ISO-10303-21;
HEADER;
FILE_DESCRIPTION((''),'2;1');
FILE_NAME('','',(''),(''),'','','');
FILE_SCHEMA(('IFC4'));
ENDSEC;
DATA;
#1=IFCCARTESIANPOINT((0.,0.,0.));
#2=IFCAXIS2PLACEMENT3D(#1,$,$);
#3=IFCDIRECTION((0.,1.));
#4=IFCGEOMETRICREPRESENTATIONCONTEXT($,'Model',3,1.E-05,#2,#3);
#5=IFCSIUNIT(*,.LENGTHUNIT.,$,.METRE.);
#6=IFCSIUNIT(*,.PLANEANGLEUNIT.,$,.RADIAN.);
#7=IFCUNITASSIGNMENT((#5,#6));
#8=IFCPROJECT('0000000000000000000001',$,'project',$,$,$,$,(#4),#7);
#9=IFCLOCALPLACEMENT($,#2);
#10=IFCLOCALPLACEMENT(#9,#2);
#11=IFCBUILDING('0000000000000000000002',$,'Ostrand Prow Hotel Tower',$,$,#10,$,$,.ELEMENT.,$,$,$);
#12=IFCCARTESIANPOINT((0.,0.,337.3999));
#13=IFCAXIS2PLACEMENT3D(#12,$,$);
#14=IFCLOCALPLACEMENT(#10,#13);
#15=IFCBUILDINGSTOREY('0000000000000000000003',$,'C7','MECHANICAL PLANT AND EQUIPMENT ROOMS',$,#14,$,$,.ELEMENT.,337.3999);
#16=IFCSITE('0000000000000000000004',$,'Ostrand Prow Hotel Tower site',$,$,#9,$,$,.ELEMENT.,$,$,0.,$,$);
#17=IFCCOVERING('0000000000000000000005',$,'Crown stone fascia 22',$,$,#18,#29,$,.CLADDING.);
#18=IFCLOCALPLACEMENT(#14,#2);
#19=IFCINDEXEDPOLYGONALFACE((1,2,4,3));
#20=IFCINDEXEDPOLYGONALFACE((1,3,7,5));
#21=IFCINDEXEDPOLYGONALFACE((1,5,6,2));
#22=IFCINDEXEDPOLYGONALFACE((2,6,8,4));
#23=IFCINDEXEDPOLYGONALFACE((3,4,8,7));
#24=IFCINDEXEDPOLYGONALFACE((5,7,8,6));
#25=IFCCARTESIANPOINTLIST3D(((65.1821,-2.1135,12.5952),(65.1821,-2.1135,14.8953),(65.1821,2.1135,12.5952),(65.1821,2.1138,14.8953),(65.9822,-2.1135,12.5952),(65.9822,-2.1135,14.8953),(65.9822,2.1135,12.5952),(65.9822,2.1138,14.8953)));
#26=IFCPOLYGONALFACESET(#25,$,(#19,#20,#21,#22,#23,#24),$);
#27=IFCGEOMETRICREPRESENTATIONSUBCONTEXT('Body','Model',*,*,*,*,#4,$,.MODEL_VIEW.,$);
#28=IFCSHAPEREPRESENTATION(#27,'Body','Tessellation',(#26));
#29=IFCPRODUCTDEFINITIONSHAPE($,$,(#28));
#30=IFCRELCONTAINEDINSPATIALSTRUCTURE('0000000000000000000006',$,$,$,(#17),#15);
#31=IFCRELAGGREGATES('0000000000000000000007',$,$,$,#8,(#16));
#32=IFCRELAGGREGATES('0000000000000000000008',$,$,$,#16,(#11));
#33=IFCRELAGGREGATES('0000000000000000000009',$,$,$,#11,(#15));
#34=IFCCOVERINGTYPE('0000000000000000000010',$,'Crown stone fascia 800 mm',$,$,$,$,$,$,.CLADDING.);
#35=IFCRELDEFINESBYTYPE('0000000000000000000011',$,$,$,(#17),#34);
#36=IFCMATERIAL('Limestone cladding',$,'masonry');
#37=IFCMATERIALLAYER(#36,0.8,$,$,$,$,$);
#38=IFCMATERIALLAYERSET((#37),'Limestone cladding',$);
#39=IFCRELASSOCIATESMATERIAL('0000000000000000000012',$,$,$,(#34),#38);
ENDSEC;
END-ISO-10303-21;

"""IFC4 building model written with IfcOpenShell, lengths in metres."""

from ifc_helpers import new_model, si_unit, direction, frame, origin, place, context, subcontext, project, spatial, polyline, outline, extrude, material, layer, layer_set, type_object, element, save


model = new_model("IFC4")

# Units and contexts
model_context = context("Model", 3, precision=1e-05, world=origin(), true_north=direction((0.0, 1.0)))
body_context = subcontext(model_context, "Body", "Model", "MODEL_VIEW")
ifc_project = project(units=[si_unit("LENGTHUNIT", "METRE"), si_unit("PLANEANGLEUNIT", "RADIAN")], contexts=[model_context])

# Site, building, storey
site_placement = place(None, origin())
site = spatial("IfcSite", under=ifc_project, at=site_placement, Name="Ostrand Prow Hotel Tower site", CompositionType="ELEMENT", RefElevation=0.0)
building_placement = place(site_placement, origin())
building = spatial("IfcBuilding", under=site, at=building_placement, Name="Ostrand Prow Hotel Tower", CompositionType="ELEMENT")
storey_placement = place(building_placement, frame((0.0, 0.0, 337.3999)))
storey = spatial("IfcBuildingStorey", under=building, at=storey_placement, Name="C7", Description="MECHANICAL PLANT AND EQUIPMENT ROOMS", CompositionType="ELEMENT", Elevation=337.3999)

# Covering
ifc_material_1 = material(Name="Limestone cladding", Category="masonry")
ifc_layer_1 = layer(ifc_material_1, 0.8)
ifc_layer_set_1 = layer_set([ifc_layer_1], Name="Limestone cladding")
covering_type_1 = type_object("IfcCoveringType", Name="Crown stone fascia 800 mm", PredefinedType="CLADDING", material=ifc_layer_set_1)
covering_1_placement = place(storey_placement, frame((65.582, -2.1135, 12.5952), z_axis=(0.0, 0.0, 1.0), x_axis=(0.0, 1.0, 0.0)))
element("IfcCovering", 1, at=covering_1_placement, inside=storey, type_object=covering_type_1, Name="Crown stone fascia 22", PredefinedType="CLADDING", context=body_context, shape_type="SweptSolid", body=[
    extrude(outline(polyline([(0.0, 0.0), (4.2271, 0.0), (4.2273, 2.3), (0.0, 2.3), (0.0, 0.0)])), frame((0.0, 0.3999, 0.0), z_axis=(0.0, -1.0, 0.0), x_axis=(1.0, 0.0, 0.0)), (0.0, 0.0, 1.0), 0.8),
])

save(model, "model.ifc")
